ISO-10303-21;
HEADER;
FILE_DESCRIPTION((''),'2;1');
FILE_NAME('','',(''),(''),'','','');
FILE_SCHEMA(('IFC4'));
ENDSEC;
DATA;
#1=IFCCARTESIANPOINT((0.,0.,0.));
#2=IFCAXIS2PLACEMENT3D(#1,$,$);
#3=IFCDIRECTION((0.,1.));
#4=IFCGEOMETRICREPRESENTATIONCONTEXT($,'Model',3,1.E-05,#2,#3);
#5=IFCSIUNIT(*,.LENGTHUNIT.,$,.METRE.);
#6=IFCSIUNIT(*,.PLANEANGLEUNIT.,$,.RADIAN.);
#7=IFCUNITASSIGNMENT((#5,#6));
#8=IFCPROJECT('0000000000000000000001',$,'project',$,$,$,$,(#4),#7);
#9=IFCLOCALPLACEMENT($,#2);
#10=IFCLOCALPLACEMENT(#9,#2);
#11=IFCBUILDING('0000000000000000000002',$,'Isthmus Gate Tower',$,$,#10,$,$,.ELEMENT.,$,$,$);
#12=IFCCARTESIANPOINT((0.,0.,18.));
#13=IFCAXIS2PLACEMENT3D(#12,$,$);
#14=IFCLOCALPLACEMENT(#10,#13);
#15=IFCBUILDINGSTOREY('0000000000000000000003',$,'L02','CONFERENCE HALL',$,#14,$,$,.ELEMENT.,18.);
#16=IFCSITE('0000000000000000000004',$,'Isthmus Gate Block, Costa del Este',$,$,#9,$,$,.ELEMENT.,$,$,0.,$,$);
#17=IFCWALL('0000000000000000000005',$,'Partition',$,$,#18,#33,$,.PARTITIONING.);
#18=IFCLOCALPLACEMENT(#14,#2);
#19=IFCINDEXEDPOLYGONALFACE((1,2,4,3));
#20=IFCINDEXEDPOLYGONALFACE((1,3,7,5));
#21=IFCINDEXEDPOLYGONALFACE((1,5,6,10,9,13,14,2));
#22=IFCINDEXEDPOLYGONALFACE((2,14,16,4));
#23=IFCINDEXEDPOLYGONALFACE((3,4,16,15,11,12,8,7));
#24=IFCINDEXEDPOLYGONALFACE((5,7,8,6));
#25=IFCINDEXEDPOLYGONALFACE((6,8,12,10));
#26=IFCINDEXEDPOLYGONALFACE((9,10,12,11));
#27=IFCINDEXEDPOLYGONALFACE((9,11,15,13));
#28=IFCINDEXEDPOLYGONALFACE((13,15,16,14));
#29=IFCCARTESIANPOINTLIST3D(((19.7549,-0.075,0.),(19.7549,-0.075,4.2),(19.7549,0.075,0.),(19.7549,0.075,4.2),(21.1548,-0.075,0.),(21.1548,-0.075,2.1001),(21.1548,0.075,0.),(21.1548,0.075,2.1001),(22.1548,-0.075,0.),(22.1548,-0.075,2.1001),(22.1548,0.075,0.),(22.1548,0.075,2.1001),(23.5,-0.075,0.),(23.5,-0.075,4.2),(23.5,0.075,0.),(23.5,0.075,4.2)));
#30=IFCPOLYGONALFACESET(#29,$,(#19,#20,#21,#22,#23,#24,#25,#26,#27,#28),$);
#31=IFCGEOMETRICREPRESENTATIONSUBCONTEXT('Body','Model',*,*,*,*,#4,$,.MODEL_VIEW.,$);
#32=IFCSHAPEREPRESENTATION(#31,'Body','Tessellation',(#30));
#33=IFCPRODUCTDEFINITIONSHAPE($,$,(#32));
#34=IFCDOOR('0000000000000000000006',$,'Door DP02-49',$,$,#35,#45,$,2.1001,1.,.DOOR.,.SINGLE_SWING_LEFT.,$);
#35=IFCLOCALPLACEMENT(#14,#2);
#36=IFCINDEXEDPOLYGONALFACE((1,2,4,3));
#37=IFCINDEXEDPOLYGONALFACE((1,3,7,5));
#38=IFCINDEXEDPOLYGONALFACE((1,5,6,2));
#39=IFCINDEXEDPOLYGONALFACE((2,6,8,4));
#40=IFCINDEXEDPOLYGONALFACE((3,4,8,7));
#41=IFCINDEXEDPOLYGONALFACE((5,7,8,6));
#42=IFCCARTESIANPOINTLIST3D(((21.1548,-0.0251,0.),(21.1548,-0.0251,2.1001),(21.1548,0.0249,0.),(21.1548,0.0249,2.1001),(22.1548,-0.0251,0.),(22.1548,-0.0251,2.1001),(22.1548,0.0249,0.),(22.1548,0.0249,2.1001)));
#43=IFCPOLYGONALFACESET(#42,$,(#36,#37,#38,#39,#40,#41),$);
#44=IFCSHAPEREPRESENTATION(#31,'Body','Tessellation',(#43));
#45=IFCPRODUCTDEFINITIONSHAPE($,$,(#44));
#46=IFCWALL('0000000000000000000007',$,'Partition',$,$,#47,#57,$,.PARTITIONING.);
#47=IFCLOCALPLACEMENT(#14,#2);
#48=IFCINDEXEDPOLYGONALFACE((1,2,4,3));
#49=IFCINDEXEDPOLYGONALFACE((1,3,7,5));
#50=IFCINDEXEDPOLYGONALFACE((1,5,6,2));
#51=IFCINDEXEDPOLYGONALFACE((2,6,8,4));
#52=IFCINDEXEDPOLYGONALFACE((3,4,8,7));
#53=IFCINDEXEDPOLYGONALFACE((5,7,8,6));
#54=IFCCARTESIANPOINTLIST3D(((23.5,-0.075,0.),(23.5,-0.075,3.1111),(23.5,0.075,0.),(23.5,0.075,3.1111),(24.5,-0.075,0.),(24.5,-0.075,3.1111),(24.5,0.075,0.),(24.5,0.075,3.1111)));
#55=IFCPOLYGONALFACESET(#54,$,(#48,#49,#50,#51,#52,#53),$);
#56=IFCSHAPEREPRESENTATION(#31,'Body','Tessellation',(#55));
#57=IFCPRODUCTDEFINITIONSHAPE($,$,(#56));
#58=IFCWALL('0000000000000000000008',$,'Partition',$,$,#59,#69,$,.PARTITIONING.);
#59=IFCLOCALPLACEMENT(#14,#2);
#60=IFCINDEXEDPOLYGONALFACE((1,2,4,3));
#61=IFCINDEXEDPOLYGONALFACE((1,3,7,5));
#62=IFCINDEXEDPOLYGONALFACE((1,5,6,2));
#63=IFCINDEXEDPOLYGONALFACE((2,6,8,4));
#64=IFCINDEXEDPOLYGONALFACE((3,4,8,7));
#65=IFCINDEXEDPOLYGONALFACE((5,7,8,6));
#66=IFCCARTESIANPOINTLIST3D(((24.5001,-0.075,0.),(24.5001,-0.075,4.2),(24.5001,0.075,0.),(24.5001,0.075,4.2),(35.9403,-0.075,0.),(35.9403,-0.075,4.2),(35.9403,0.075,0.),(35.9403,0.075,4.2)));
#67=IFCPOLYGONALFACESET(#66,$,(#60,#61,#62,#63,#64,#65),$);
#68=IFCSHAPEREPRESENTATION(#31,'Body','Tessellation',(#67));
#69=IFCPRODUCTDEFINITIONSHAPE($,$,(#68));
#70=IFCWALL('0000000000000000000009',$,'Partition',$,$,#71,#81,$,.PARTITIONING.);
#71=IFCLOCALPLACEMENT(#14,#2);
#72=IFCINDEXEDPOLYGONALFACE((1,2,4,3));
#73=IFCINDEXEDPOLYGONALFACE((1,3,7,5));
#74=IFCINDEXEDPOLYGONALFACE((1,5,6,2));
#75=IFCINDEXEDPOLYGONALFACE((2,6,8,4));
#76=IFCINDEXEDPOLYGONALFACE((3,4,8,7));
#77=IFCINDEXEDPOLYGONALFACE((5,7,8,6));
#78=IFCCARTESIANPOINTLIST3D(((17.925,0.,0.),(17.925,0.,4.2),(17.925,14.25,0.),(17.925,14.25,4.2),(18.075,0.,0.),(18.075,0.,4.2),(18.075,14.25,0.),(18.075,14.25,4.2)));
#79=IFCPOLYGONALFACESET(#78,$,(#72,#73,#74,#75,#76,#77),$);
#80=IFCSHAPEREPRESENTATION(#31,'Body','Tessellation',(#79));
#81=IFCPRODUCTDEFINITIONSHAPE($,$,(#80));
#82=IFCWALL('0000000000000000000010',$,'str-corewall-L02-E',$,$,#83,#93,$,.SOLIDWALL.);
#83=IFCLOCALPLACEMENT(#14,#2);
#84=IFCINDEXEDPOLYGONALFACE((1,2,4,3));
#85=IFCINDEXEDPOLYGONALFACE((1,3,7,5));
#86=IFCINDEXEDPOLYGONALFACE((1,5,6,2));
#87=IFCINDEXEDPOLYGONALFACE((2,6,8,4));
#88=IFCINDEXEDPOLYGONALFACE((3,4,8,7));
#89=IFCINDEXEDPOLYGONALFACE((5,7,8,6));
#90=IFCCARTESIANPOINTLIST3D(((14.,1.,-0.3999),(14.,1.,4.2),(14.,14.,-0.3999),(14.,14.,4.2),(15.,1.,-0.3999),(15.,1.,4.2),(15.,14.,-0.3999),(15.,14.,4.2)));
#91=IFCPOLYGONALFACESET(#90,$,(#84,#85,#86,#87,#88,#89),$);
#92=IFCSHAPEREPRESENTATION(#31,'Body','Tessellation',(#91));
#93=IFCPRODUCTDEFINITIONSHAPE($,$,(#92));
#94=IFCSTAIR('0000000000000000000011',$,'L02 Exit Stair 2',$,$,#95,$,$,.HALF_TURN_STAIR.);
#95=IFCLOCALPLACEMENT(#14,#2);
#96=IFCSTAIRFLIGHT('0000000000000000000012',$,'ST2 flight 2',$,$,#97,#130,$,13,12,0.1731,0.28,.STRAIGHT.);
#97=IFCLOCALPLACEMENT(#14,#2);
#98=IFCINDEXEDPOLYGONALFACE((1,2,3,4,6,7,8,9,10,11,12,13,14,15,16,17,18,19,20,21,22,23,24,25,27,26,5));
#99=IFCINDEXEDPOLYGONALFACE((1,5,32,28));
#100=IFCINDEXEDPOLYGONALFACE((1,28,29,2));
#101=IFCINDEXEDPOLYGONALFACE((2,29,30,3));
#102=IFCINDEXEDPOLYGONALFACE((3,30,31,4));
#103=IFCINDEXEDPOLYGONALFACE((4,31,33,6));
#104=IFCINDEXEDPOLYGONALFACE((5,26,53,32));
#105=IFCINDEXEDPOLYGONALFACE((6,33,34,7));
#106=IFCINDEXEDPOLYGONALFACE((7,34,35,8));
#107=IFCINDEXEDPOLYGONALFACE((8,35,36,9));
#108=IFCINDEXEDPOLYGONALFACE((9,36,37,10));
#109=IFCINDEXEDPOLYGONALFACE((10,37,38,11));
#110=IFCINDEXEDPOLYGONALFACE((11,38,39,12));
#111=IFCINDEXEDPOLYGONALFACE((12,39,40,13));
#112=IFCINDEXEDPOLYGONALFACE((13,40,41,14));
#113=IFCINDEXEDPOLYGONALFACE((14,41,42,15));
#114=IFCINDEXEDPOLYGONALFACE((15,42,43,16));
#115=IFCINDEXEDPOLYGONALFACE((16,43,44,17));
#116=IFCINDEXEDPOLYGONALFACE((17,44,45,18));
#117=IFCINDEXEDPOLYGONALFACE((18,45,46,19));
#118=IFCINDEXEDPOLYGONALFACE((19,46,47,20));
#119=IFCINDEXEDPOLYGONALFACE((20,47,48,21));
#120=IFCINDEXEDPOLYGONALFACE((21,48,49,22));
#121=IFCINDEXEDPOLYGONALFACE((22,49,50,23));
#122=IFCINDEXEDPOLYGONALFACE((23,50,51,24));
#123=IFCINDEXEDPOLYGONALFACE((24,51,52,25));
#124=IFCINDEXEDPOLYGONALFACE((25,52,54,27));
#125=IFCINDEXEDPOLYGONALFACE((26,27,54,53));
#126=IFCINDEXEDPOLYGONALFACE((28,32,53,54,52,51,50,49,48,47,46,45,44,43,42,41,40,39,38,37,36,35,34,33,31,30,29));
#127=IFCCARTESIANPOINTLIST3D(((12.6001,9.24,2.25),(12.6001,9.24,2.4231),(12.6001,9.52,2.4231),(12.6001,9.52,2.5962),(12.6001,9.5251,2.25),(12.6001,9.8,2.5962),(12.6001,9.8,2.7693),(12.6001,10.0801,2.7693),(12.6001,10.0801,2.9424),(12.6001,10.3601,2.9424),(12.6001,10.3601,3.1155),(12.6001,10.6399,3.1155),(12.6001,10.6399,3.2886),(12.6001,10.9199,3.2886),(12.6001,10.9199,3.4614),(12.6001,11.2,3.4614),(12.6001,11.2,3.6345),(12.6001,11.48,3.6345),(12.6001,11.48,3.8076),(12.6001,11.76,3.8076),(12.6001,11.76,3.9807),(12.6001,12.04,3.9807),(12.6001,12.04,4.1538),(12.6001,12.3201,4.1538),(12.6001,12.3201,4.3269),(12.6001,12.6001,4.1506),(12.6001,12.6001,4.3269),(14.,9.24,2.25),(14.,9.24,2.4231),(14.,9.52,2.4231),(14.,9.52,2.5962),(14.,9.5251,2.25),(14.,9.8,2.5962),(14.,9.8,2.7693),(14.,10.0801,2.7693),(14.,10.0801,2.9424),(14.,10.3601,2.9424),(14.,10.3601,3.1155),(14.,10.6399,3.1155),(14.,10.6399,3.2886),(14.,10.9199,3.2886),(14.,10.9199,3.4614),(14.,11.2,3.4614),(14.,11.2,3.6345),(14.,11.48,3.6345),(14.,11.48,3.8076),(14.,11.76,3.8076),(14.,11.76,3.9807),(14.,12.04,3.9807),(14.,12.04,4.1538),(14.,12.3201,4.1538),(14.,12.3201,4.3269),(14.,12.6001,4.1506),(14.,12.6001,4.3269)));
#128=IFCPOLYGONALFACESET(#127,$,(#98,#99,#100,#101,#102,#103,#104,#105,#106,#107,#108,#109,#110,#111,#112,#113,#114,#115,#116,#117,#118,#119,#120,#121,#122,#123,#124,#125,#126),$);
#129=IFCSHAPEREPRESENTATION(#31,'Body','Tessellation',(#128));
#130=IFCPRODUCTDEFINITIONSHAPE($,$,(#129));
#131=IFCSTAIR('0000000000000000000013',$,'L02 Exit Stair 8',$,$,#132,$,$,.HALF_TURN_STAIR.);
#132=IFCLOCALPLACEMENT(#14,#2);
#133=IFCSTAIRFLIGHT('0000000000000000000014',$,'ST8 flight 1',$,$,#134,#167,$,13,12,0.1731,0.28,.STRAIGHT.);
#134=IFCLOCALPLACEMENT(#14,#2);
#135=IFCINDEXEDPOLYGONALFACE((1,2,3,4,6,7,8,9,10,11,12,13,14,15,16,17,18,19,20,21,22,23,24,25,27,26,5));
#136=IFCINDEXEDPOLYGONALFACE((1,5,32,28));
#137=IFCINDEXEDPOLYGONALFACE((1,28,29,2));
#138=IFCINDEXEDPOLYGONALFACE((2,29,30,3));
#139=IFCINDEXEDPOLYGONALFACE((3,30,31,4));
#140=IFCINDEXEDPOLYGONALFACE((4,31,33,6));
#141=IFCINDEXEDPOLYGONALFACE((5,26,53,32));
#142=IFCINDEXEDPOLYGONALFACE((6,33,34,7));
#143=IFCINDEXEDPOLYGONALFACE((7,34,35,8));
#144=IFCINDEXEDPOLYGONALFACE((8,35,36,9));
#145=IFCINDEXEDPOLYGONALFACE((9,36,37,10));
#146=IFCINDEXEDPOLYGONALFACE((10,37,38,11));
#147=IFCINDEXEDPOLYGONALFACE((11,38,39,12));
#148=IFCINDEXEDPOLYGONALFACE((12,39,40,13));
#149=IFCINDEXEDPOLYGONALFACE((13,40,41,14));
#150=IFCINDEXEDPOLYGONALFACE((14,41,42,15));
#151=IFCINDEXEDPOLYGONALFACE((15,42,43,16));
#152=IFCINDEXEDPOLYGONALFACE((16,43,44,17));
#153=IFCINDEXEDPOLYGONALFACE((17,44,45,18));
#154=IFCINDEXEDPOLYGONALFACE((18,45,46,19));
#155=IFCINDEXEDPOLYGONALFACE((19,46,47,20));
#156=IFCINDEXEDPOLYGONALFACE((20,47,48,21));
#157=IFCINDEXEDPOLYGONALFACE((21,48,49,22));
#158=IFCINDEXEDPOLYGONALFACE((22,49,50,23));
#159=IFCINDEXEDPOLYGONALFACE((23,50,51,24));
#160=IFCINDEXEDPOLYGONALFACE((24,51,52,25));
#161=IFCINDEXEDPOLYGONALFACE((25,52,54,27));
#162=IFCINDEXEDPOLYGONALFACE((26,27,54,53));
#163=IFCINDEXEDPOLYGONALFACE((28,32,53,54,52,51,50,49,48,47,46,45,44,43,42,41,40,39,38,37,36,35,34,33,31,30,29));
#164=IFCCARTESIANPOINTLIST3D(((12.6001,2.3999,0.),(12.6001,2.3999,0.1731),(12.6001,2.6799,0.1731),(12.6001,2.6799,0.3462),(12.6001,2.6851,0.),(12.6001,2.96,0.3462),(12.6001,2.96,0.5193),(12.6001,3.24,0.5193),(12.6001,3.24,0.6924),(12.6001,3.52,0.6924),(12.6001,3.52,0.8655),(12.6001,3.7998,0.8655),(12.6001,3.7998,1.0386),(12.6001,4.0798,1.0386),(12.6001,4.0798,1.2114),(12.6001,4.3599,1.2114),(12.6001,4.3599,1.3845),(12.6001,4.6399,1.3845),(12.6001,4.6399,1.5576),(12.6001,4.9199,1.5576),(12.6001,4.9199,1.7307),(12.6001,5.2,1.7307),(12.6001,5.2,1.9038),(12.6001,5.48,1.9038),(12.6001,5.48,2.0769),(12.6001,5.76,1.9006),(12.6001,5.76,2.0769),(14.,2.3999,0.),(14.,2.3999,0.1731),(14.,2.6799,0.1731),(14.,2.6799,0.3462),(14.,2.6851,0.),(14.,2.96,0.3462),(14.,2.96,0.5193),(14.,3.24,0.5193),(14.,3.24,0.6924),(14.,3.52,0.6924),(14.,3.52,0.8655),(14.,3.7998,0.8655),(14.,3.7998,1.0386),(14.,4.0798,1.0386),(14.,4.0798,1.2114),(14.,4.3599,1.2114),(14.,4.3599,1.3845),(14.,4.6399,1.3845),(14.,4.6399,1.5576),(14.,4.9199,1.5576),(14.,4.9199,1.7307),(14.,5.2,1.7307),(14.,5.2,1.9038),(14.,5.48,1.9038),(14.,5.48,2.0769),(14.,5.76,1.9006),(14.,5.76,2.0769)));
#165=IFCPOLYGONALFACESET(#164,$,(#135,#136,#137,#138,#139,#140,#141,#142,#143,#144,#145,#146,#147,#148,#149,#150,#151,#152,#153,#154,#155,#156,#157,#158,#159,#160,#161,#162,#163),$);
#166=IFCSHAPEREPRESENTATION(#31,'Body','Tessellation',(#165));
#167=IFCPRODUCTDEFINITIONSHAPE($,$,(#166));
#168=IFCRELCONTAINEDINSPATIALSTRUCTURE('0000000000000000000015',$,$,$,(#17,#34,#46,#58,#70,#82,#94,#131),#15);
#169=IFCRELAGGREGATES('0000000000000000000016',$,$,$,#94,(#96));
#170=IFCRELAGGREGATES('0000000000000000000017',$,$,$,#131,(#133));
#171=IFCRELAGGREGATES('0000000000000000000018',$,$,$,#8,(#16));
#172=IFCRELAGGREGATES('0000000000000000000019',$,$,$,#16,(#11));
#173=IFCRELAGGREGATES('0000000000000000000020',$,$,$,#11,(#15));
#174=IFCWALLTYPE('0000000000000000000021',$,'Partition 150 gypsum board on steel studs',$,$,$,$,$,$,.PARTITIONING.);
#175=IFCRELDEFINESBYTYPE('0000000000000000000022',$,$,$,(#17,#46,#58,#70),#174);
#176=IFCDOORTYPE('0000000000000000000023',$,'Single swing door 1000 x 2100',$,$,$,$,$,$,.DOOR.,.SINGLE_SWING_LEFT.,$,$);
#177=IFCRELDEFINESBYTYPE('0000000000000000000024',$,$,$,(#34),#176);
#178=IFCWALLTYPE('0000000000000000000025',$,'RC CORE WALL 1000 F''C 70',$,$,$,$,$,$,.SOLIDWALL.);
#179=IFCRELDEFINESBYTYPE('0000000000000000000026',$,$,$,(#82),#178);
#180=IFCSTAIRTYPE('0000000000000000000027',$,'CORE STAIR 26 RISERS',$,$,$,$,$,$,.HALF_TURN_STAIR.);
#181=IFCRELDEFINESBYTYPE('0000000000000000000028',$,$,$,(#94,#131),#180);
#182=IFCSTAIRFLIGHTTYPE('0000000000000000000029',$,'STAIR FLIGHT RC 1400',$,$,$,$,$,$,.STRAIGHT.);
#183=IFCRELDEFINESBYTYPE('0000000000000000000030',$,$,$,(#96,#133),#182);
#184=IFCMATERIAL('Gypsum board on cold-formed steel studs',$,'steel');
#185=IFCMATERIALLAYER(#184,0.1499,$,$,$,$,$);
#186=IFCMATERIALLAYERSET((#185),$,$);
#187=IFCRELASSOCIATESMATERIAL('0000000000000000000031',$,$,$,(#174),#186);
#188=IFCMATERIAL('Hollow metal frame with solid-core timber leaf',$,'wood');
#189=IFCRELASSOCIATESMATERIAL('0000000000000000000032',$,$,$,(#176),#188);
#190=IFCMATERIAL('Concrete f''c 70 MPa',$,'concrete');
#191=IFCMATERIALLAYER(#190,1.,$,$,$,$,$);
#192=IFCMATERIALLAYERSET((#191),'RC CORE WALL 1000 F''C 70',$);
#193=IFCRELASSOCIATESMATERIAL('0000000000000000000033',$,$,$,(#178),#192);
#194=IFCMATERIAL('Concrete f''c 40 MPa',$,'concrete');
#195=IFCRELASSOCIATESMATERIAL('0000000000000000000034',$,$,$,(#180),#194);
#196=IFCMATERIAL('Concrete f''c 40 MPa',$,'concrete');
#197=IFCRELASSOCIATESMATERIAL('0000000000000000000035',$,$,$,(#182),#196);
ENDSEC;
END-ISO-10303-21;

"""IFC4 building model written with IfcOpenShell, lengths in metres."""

from ifc_helpers import new_model, si_unit, direction, frame, frame_2d, origin, place, context, subcontext, project, spatial, polyline, rectangle, outline, extrude, material, layer, layer_set, type_object, element, fill, aggregate, save


model = new_model("IFC4")

# Units and contexts
model_context = context("Model", 3, precision=1e-05, world=origin(), true_north=direction((0.0, 1.0)))
body_context = subcontext(model_context, "Body", "Model", "MODEL_VIEW")
ifc_project = project(units=[si_unit("LENGTHUNIT", "METRE"), si_unit("PLANEANGLEUNIT", "RADIAN")], contexts=[model_context])

# Site, building, storey
site_placement = place(None, origin())
site = spatial("IfcSite", under=ifc_project, at=site_placement, Name="Isthmus Gate Block, Costa del Este", CompositionType="ELEMENT", RefElevation=0.0)
building_placement = place(site_placement, origin())
building = spatial("IfcBuilding", under=site, at=building_placement, Name="Isthmus Gate Tower", CompositionType="ELEMENT")
storey_placement = place(building_placement, frame((0.0, 0.0, 18.0)))
storey = spatial("IfcBuildingStorey", under=building, at=storey_placement, Name="L02", Description="CONFERENCE HALL", CompositionType="ELEMENT", Elevation=18.0)

# Shared definitions
ifc_material_1 = material(Name="Gypsum board on cold-formed steel studs", Category="steel")
ifc_layer_1 = layer(ifc_material_1, 0.1499)
ifc_layer_set_1 = layer_set([ifc_layer_1])
wall_type_1 = type_object("IfcWallType", Name="Partition 150 gypsum board on steel studs", PredefinedType="PARTITIONING", material=ifc_layer_set_1)

# Wall, opening, door
wall_1_placement = place(storey_placement, frame((19.7549, 0.0, 0.0), z_axis=(0.0, 0.0, 1.0), x_axis=(1.0, 0.0, 0.0)))
wall_1 = element("IfcWall", 1, at=wall_1_placement, inside=storey, type_object=wall_type_1, Name="Partition", PredefinedType="PARTITIONING", context=body_context, shape_type="SweptSolid", body=[
    extrude(rectangle(XDim=3.7451, YDim=0.1499, at=frame_2d((1.8726, 0.0))), origin(), (0.0, 0.0, 1.0), 4.2),
])
opening_placement = place(wall_1_placement, frame((1.3999, 0.0, 0.0)))
opening = element("IfcOpeningElement", 2, at=opening_placement, cuts=wall_1, PredefinedType="OPENING", context=body_context, shape_type="SweptSolid", body=[
    extrude(rectangle(XDim=1.0, YDim=2.1001, at=frame_2d((0.5, 1.05))), frame((0.0, 0.085, 0.0), z_axis=(0.0, -1.0, 0.0), x_axis=(1.0, 0.0, 0.0)), (0.0, 0.0, 1.0), 0.1699),
])
ifc_material_2 = material(Name="Hollow metal frame with solid-core timber leaf", Category="wood")
door_type = type_object("IfcDoorType", Name="Single swing door 1000 x 2100", OperationType="SINGLE_SWING_LEFT", PredefinedType="DOOR", material=ifc_material_2)
door_placement = place(opening_placement, origin())
door = element("IfcDoor", 3, at=door_placement, inside=storey, type_object=door_type, Name="Door DP02-49", OperationType="SINGLE_SWING_LEFT", OverallHeight=2.1001, OverallWidth=1.0, PredefinedType="DOOR", context=body_context, shape_type="SweptSolid", body=[
    extrude(rectangle(XDim=1.0, YDim=2.1001, at=frame_2d((0.5, 1.05))), frame((0.0, 0.0249, 0.0), z_axis=(0.0, -1.0, 0.0), x_axis=(1.0, 0.0, 0.0)), (0.0, 0.0, 1.0), 0.05),
])
fill(opening, door)

# Walls
wall_2_placement = place(storey_placement, frame((23.5, 0.0, 0.0), z_axis=(0.0, 0.0, 1.0), x_axis=(1.0, 0.0, 0.0)))
element("IfcWall", 4, at=wall_2_placement, inside=storey, type_object=wall_type_1, Name="Partition", PredefinedType="PARTITIONING", context=body_context, shape_type="SweptSolid", body=[
    extrude(rectangle(XDim=1.0, YDim=0.1499, at=frame_2d((0.5, 0.0))), origin(), (0.0, 0.0, 1.0), 3.1111),
])
wall_3_placement = place(storey_placement, frame((24.5, 0.0, 0.0), z_axis=(0.0, 0.0, 1.0), x_axis=(1.0, 0.0, 0.0)))
element("IfcWall", 5, at=wall_3_placement, inside=storey, type_object=wall_type_1, Name="Partition", PredefinedType="PARTITIONING", context=body_context, shape_type="SweptSolid", body=[
    extrude(rectangle(XDim=11.4402, YDim=0.1499, at=frame_2d((5.7202, 0.0))), origin(), (0.0, 0.0, 1.0), 4.2),
])
wall_4_placement = place(storey_placement, frame((18.0, 0.0, 0.0), z_axis=(0.0, 0.0, 1.0), x_axis=(0.0, 1.0, 0.0)))
element("IfcWall", 6, at=wall_4_placement, inside=storey, type_object=wall_type_1, Name="Partition", PredefinedType="PARTITIONING", context=body_context, shape_type="SweptSolid", body=[
    extrude(rectangle(XDim=14.25, YDim=0.1499, at=frame_2d((7.125, 0.0))), origin(), (0.0, 0.0, 1.0), 4.2),
])
ifc_material_3 = material(Name="Concrete f'c 70 MPa", Category="concrete")
ifc_layer_2 = layer(ifc_material_3, 1.0)
ifc_layer_set_2 = layer_set([ifc_layer_2], Name="RC CORE WALL 1000 F'C 70")
wall_type_2 = type_object("IfcWallType", Name="RC CORE WALL 1000 F'C 70", PredefinedType="SOLIDWALL", material=ifc_layer_set_2)
wall_5_placement = place(storey_placement, frame((14.5, 1.0, -0.3999), z_axis=(0.0, 0.0, 1.0), x_axis=(0.0, 1.0, 0.0)))
element("IfcWall", 7, at=wall_5_placement, inside=storey, type_object=wall_type_2, Name="str-corewall-L02-E", PredefinedType="SOLIDWALL", context=body_context, shape_type="SweptSolid", body=[
    extrude(rectangle(XDim=13.0, YDim=1.0, at=frame_2d((6.5, 0.0))), origin(), (0.0, 0.0, 1.0), 4.5999),
])

# Stairs, stair flights
ifc_material_4 = material(Name="Concrete f'c 40 MPa", Category="concrete")
stair_type = type_object("IfcStairType", Name="CORE STAIR 26 RISERS", PredefinedType="HALF_TURN_STAIR", material=ifc_material_4)
stair_1_placement = place(storey_placement, origin())
stair_1 = element("IfcStair", 8, at=stair_1_placement, inside=storey, type_object=stair_type, Name="L02 Exit Stair 2", PredefinedType="HALF_TURN_STAIR")
ifc_material_5 = material(Name="Concrete f'c 40 MPa", Category="concrete")
stair_flight_type = type_object("IfcStairFlightType", Name="STAIR FLIGHT RC 1400", PredefinedType="STRAIGHT", material=ifc_material_5)
stair_flight_1_placement = place(storey_placement, frame((13.3, 9.24, 2.25), z_axis=(0.0, 0.0, 1.0), x_axis=(0.0, 1.0, 0.0)))
stair_flight_1 = element("IfcStairFlight", 9, at=stair_flight_1_placement, type_object=stair_flight_type, Name="ST2 flight 2", NumberOfRisers=13, NumberOfTreads=12, PredefinedType="STRAIGHT", RiserHeight=0.1731, TreadLength=0.28, context=body_context, shape_type="SweptSolid", body=[
    extrude(outline(polyline([(0.0, 0.0), (0.0, 0.1731), (0.28, 0.1731), (0.28, 0.3462), (0.5601, 0.3462), (0.5601, 0.5193), (0.8401, 0.5193), (0.8401, 0.6924), (1.1201, 0.6924), (1.1201, 0.8655), (1.3999, 0.8655), (1.3999, 1.0386), (1.6799, 1.0386), (1.6799, 1.2114), (1.96, 1.2114), (1.96, 1.3845), (2.24, 1.3845), (2.24, 1.5576), (2.52, 1.5576), (2.52, 1.7307), (2.8, 1.7307), (2.8, 1.9038), (3.0801, 1.9038), (3.0801, 2.0769), (3.3601, 2.0769), (3.3601, 2.25), (3.3601, 1.9006), (0.2852, 0.0), (0.0, 0.0)])), frame((0.0, 0.7, 0.0), z_axis=(0.0, -1.0, 0.0), x_axis=(1.0, 0.0, 0.0)), (0.0, 0.0, 1.0), 1.3999),
])
aggregate(stair_1, [stair_flight_1])
stair_2_placement = place(storey_placement, origin())
stair_2 = element("IfcStair", 10, at=stair_2_placement, inside=storey, type_object=stair_type, Name="L02 Exit Stair 8", PredefinedType="HALF_TURN_STAIR")
stair_flight_2_placement = place(storey_placement, frame((13.3, 2.3999, 0.0), z_axis=(0.0, 0.0, 1.0), x_axis=(0.0, 1.0, 0.0)))
stair_flight_2 = element("IfcStairFlight", 11, at=stair_flight_2_placement, type_object=stair_flight_type, Name="ST8 flight 1", NumberOfRisers=13, NumberOfTreads=12, PredefinedType="STRAIGHT", RiserHeight=0.1731, TreadLength=0.28, context=body_context, shape_type="SweptSolid", body=[
    extrude(outline(polyline([(0.0, 0.0), (0.0, 0.1731), (0.28, 0.1731), (0.28, 0.3462), (0.5601, 0.3462), (0.5601, 0.5193), (0.8401, 0.5193), (0.8401, 0.6924), (1.1201, 0.6924), (1.1201, 0.8655), (1.3999, 0.8655), (1.3999, 1.0386), (1.6799, 1.0386), (1.6799, 1.2114), (1.96, 1.2114), (1.96, 1.3845), (2.24, 1.3845), (2.24, 1.5576), (2.52, 1.5576), (2.52, 1.7307), (2.8, 1.7307), (2.8, 1.9038), (3.0801, 1.9038), (3.0801, 2.0769), (3.3601, 2.0769), (3.3601, 2.25), (3.3601, 1.9006), (0.2852, 0.0), (0.0, 0.0)])), frame((0.0, 0.7, 0.0), z_axis=(0.0, -1.0, 0.0), x_axis=(1.0, 0.0, 0.0)), (0.0, 0.0, 1.0), 1.3999),
])
aggregate(stair_2, [stair_flight_2])

save(model, "model.ifc")
